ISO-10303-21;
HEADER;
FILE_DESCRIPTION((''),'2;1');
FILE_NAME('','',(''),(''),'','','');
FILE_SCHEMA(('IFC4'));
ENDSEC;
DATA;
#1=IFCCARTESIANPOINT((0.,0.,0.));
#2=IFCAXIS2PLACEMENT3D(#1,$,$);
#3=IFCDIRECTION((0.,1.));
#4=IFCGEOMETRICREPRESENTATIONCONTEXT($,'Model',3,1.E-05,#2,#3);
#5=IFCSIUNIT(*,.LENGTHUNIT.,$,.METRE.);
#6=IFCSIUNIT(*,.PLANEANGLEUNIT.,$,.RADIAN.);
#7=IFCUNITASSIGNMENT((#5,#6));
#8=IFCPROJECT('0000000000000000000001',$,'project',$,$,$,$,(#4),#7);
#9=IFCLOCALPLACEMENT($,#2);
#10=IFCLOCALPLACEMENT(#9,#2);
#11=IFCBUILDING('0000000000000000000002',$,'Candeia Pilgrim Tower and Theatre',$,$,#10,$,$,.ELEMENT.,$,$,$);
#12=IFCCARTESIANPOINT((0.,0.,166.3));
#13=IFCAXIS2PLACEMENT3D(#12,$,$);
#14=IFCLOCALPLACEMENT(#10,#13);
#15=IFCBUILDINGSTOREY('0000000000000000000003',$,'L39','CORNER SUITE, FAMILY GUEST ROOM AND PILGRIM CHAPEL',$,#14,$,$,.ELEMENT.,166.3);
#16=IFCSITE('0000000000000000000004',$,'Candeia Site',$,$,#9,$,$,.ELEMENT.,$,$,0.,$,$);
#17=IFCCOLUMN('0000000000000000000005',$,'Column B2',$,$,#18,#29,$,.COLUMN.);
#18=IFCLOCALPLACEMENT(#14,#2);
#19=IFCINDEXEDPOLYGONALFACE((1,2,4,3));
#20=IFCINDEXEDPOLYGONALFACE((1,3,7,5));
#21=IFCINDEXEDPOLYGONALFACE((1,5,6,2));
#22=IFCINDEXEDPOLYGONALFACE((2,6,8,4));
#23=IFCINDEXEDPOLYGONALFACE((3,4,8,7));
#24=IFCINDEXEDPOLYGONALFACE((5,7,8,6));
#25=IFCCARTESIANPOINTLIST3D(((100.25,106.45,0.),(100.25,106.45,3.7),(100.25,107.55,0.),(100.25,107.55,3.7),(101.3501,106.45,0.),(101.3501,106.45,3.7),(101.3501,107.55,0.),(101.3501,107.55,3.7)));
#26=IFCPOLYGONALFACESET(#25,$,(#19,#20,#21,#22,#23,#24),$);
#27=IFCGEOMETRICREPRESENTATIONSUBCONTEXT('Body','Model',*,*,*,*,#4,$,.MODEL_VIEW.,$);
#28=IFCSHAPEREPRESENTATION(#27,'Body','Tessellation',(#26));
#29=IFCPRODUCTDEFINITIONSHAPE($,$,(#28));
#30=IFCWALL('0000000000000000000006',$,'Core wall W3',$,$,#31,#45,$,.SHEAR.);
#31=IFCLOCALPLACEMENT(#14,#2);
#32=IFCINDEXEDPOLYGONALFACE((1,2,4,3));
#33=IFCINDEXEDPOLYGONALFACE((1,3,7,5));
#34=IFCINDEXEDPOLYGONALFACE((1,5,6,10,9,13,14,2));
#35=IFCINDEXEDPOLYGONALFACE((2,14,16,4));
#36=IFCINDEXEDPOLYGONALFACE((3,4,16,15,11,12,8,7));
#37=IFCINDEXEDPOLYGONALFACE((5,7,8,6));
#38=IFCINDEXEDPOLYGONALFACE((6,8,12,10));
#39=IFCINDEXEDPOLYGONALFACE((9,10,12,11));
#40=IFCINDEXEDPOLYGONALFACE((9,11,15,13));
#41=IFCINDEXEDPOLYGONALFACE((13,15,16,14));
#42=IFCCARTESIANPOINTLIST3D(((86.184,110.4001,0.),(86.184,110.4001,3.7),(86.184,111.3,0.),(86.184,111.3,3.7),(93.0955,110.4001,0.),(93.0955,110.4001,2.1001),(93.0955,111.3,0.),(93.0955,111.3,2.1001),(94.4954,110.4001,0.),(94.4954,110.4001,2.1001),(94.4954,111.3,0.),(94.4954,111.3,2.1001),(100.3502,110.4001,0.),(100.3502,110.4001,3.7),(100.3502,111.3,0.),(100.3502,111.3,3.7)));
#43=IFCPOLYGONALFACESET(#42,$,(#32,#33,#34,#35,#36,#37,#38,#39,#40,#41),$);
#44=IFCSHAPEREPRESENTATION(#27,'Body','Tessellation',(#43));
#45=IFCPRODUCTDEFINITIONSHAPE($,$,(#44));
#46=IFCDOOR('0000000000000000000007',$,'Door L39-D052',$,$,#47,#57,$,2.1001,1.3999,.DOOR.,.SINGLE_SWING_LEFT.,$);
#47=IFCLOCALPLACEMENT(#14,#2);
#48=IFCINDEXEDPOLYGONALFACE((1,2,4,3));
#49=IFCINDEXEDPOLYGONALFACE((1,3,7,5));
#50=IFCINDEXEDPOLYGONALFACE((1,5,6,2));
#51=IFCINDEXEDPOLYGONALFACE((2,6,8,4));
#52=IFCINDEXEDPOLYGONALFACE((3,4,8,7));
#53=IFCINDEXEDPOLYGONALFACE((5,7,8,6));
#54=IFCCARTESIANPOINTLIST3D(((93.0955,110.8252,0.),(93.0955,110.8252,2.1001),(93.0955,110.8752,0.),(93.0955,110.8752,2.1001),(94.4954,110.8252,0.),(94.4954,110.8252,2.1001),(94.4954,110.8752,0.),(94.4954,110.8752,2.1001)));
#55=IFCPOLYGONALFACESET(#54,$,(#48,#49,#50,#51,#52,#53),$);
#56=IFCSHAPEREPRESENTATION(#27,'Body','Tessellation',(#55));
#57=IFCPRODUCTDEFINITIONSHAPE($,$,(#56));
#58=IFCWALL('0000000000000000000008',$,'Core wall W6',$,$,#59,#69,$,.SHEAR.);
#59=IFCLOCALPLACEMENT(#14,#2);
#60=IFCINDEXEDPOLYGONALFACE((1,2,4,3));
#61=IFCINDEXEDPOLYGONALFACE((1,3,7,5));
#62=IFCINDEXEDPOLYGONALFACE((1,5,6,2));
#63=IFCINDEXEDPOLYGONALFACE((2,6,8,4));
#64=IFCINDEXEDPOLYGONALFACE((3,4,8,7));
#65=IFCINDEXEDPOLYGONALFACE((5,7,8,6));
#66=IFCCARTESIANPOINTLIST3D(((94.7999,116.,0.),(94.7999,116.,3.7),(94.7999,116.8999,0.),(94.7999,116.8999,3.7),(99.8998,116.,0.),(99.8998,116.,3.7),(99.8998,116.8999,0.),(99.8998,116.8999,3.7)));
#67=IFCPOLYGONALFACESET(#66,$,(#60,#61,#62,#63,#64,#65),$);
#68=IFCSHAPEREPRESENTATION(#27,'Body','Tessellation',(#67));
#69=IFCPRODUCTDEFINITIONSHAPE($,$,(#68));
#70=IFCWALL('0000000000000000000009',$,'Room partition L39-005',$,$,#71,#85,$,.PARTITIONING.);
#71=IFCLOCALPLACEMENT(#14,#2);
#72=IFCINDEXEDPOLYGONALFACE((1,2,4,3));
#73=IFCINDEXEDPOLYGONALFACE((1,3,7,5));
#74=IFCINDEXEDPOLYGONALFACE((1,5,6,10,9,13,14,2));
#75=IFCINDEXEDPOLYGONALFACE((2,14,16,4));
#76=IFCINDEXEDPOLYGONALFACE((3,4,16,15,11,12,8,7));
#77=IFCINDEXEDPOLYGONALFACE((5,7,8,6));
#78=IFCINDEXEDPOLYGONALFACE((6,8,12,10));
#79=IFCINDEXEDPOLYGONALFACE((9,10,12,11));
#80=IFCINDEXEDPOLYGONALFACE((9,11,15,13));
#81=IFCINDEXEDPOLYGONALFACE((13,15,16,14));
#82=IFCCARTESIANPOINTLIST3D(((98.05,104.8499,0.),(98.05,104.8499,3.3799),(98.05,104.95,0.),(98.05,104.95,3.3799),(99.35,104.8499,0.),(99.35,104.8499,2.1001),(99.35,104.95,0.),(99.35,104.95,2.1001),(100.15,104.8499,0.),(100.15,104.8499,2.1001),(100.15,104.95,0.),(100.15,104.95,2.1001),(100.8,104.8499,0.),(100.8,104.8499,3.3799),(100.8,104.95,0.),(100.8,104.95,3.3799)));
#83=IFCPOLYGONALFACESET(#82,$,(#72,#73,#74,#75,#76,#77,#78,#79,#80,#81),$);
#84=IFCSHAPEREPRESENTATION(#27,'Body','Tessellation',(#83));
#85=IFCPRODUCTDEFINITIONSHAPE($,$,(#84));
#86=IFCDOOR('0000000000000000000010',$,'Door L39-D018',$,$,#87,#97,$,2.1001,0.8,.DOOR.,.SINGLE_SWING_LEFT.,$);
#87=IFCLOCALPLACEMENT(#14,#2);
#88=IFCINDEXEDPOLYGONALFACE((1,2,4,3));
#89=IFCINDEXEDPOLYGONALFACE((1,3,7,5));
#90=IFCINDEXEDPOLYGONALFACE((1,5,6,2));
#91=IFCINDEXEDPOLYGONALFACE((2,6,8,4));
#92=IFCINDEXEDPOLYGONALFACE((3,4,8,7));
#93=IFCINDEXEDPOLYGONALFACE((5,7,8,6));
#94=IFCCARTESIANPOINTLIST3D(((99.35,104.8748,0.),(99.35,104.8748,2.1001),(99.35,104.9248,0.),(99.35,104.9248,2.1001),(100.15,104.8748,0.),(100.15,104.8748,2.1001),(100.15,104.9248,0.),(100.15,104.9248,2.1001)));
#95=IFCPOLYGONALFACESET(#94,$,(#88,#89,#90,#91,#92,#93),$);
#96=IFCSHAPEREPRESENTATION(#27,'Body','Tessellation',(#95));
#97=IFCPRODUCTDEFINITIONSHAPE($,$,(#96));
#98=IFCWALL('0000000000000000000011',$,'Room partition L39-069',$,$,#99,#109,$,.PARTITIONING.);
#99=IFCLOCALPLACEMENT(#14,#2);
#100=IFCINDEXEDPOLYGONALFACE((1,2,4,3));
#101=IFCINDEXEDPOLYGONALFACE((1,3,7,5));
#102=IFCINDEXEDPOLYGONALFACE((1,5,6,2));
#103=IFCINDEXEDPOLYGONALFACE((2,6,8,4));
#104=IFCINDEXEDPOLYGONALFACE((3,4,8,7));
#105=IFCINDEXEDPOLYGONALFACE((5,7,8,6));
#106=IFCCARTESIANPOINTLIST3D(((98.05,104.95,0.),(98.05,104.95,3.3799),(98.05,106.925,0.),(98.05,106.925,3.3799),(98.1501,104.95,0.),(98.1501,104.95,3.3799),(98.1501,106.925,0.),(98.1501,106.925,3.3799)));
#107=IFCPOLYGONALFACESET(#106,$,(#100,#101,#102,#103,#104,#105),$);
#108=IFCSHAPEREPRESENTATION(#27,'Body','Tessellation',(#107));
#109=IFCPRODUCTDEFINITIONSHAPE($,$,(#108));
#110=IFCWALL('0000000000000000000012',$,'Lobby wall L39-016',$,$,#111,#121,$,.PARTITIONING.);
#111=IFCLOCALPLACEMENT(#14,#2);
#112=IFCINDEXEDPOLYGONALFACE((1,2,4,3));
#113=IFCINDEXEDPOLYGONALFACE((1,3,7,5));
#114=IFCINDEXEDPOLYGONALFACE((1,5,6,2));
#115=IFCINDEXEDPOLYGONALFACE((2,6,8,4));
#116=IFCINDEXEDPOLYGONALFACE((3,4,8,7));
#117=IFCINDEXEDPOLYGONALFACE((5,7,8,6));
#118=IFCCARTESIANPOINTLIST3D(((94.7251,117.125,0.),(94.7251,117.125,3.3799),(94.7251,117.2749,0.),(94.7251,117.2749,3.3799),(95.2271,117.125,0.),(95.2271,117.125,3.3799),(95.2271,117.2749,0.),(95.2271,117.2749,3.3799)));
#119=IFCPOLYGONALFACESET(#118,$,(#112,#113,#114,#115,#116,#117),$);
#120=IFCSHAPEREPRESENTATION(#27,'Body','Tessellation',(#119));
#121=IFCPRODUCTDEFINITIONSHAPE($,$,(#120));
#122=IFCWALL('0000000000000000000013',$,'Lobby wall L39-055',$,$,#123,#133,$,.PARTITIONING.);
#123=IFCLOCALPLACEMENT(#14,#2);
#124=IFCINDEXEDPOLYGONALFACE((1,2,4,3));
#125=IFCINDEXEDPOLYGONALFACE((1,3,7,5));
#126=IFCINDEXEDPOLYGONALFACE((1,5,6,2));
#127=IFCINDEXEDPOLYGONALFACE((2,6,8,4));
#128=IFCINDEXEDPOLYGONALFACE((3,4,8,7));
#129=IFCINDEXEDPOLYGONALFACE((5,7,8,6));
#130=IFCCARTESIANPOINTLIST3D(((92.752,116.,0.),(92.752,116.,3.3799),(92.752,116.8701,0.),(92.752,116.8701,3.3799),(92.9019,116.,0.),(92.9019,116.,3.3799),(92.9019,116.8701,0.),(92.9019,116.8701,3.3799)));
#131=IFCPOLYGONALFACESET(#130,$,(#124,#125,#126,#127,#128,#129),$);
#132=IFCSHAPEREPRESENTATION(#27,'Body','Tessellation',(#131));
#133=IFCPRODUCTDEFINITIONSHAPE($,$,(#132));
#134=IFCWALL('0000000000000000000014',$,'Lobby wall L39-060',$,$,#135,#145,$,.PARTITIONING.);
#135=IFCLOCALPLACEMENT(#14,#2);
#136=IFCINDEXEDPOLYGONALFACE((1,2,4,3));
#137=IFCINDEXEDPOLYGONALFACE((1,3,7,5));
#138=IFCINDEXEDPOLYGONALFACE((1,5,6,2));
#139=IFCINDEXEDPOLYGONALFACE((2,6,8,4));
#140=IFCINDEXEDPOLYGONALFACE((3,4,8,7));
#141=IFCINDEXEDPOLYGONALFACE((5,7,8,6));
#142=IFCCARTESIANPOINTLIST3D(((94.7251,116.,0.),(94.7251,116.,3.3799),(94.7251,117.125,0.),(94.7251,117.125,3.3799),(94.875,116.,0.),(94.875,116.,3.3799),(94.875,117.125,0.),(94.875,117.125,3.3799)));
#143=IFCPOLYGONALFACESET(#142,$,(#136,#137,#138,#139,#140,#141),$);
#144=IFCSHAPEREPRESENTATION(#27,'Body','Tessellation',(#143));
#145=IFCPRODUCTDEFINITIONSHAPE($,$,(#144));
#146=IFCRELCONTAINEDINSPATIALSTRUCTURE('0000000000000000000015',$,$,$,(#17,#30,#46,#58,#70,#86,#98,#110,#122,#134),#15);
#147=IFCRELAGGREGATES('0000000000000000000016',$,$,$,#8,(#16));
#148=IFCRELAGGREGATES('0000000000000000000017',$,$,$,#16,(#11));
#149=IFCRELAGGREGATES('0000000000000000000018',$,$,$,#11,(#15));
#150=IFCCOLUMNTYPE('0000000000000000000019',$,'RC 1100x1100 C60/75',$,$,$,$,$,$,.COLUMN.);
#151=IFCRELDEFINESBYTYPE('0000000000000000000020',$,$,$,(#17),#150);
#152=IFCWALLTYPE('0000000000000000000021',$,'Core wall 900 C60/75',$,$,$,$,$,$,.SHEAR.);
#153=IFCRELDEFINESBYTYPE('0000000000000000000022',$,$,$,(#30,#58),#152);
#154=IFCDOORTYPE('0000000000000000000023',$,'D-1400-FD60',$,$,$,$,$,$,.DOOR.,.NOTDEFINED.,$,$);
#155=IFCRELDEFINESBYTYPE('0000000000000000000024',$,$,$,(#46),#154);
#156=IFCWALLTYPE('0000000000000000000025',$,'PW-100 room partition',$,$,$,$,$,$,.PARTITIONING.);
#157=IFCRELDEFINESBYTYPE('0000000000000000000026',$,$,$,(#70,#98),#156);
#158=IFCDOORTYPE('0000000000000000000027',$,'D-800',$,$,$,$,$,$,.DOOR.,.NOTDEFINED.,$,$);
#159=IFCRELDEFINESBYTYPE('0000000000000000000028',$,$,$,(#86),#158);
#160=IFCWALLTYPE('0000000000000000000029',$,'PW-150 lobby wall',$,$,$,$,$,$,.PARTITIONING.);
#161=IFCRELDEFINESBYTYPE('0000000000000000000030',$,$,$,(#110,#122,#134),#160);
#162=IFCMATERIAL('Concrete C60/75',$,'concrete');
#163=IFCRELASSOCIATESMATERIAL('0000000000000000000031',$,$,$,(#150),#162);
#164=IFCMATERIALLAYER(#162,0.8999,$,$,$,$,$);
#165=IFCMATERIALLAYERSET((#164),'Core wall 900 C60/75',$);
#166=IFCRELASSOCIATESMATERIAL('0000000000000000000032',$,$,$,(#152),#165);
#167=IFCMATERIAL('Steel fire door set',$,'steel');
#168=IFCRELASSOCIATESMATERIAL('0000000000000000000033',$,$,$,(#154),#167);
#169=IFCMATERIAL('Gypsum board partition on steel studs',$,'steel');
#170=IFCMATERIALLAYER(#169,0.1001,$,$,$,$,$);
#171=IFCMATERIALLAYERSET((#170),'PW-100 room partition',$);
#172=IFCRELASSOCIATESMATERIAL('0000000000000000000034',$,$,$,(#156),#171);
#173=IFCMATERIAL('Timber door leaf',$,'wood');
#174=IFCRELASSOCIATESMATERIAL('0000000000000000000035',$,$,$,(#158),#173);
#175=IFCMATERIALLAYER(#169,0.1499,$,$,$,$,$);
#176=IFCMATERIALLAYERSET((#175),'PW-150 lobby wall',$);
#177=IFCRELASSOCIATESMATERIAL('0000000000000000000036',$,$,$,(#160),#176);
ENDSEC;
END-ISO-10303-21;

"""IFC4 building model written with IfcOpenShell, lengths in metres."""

from ifc_helpers import new_model, si_unit, direction, frame, frame_2d, origin, origin_2d, place, context, subcontext, project, spatial, rectangle, extrude, material, layer, layer_set, material_profile, profile_set, type_object, element, fill, save


model = new_model("IFC4")

# Units and contexts
model_context = context("Model", 3, precision=1e-05, world=origin(), true_north=direction((0.0, 1.0)))
body_context = subcontext(model_context, "Body", "Model", "MODEL_VIEW")
ifc_project = project(units=[si_unit("LENGTHUNIT", "METRE"), si_unit("PLANEANGLEUNIT", "RADIAN")], contexts=[model_context])

# Site, building, storey
site_placement = place(None, origin())
site = spatial("IfcSite", under=ifc_project, at=site_placement, Name="Candeia Site", CompositionType="ELEMENT", RefElevation=0.0)
building_placement = place(site_placement, origin())
building = spatial("IfcBuilding", under=site, at=building_placement, Name="Candeia Pilgrim Tower and Theatre", CompositionType="ELEMENT")
storey_placement = place(building_placement, frame((0.0, 0.0, 166.3)))
storey = spatial("IfcBuildingStorey", under=building, at=storey_placement, Name="L39", Description="CORNER SUITE, FAMILY GUEST ROOM AND PILGRIM CHAPEL", CompositionType="ELEMENT", Elevation=166.3)

# Column
ifc_material_1 = material(Name="Concrete C60/75", Category="concrete")
ifc_material_profile = material_profile(ifc_material_1, rectangle(XDim=1.1001, YDim=1.1001, at=origin_2d()))
ifc_profile_set = profile_set([ifc_material_profile], Name="Concrete C60/75")
column_type = type_object("IfcColumnType", Name="RC 1100x1100 C60/75", PredefinedType="COLUMN", material=ifc_profile_set)
column_placement = place(storey_placement, frame((100.8, 107.0, 0.0), z_axis=(0.0, 0.0, 1.0), x_axis=(1.0, 0.0, 0.0)))
element("IfcColumn", 1, at=column_placement, inside=storey, type_object=column_type, Name="Column B2", PredefinedType="COLUMN", context=body_context, shape_type="SweptSolid", body=[
    extrude(rectangle(XDim=1.1001, YDim=1.1001, at=origin_2d()), origin(), (0.0, 0.0, 1.0), 3.7),
])

# Wall, opening, door
ifc_layer_1 = layer(ifc_material_1, 0.8999)
ifc_layer_set_1 = layer_set([ifc_layer_1], Name="Core wall 900 C60/75")
wall_type_1 = type_object("IfcWallType", Name="Core wall 900 C60/75", PredefinedType="SHEAR", material=ifc_layer_set_1)
wall_1_placement = place(storey_placement, frame((100.3501, 110.8501, 0.0), z_axis=(0.0, 0.0, 1.0), x_axis=(-1.0, 0.0, 0.0)))
wall_1 = element("IfcWall", 2, at=wall_1_placement, inside=storey, type_object=wall_type_1, Name="Core wall W3", PredefinedType="SHEAR", context=body_context, shape_type="SweptSolid", body=[
    extrude(rectangle(XDim=14.1663, YDim=0.8999, at=frame_2d((7.083, 0.0))), origin(), (0.0, 0.0, 1.0), 3.7),
])
opening_1_placement = place(wall_1_placement, frame((5.8547, 0.0, 0.0)))
opening_1 = element("IfcOpeningElement", 3, at=opening_1_placement, cuts=wall_1, PredefinedType="OPENING", context=body_context, shape_type="SweptSolid", body=[
    extrude(rectangle(XDim=1.3999, YDim=2.1001, at=frame_2d((0.7, 1.05))), frame((0.0, 0.46, 0.0), z_axis=(0.0, -1.0, 0.0), x_axis=(1.0, 0.0, 0.0)), (0.0, 0.0, 1.0), 0.9199),
])
ifc_material_2 = material(Name="Steel fire door set", Category="steel")
door_type_1 = type_object("IfcDoorType", Name="D-1400-FD60", OperationType="NOTDEFINED", PredefinedType="DOOR", material=ifc_material_2)
door_1_placement = place(opening_1_placement, origin())
door_1 = element("IfcDoor", 4, at=door_1_placement, inside=storey, type_object=door_type_1, Name="Door L39-D052", OperationType="SINGLE_SWING_LEFT", OverallHeight=2.1001, OverallWidth=1.3999, PredefinedType="DOOR", context=body_context, shape_type="SweptSolid", body=[
    extrude(rectangle(XDim=1.3999, YDim=2.1001, at=frame_2d((0.7, 1.05))), frame((0.0, 0.0249, 0.0), z_axis=(0.0, -1.0, 0.0), x_axis=(1.0, 0.0, 0.0)), (0.0, 0.0, 1.0), 0.05),
])
fill(opening_1, door_1)

# Wall
wall_2_placement = place(storey_placement, frame((94.8, 116.45, 0.0), z_axis=(0.0, 0.0, 1.0), x_axis=(1.0, 0.0, 0.0)))
element("IfcWall", 5, at=wall_2_placement, inside=storey, type_object=wall_type_1, Name="Core wall W6", PredefinedType="SHEAR", context=body_context, shape_type="SweptSolid", body=[
    extrude(rectangle(XDim=5.0999, YDim=0.8999, at=frame_2d((2.5498, 0.0))), origin(), (0.0, 0.0, 1.0), 3.7),
])

# Wall, opening, door
ifc_material_3 = material(Name="Gypsum board partition on steel studs", Category="steel")
ifc_layer_2 = layer(ifc_material_3, 0.1001)
ifc_layer_set_2 = layer_set([ifc_layer_2], Name="PW-100 room partition")
wall_type_2 = type_object("IfcWallType", Name="PW-100 room partition", PredefinedType="PARTITIONING", material=ifc_layer_set_2)
wall_3_placement = place(storey_placement, frame((98.05, 104.8999, 0.0), z_axis=(0.0, 0.0, 1.0), x_axis=(1.0, 0.0, 0.0)))
wall_3 = element("IfcWall", 6, at=wall_3_placement, inside=storey, type_object=wall_type_2, Name="Room partition L39-005", PredefinedType="PARTITIONING", context=body_context, shape_type="SweptSolid", body=[
    extrude(rectangle(XDim=2.75, YDim=0.1001, at=frame_2d((1.375, 0.0))), origin(), (0.0, 0.0, 1.0), 3.3799),
])
opening_2_placement = place(wall_3_placement, frame((1.3, 0.0, 0.0)))
opening_2 = element("IfcOpeningElement", 7, at=opening_2_placement, cuts=wall_3, PredefinedType="OPENING", context=body_context, shape_type="SweptSolid", body=[
    extrude(rectangle(XDim=0.8, YDim=2.1001, at=frame_2d((0.3999, 1.05))), frame((0.0, 0.0601, 0.0), z_axis=(0.0, -1.0, 0.0), x_axis=(1.0, 0.0, 0.0)), (0.0, 0.0, 1.0), 0.1201),
])
ifc_material_4 = material(Name="Timber door leaf", Category="wood")
door_type_2 = type_object("IfcDoorType", Name="D-800", OperationType="NOTDEFINED", PredefinedType="DOOR", material=ifc_material_4)
door_2_placement = place(opening_2_placement, origin())
door_2 = element("IfcDoor", 8, at=door_2_placement, inside=storey, type_object=door_type_2, Name="Door L39-D018", OperationType="SINGLE_SWING_LEFT", OverallHeight=2.1001, OverallWidth=0.8, PredefinedType="DOOR", context=body_context, shape_type="SweptSolid", body=[
    extrude(rectangle(XDim=0.8, YDim=2.1001, at=frame_2d((0.3999, 1.05))), frame((0.0, 0.0249, 0.0), z_axis=(0.0, -1.0, 0.0), x_axis=(1.0, 0.0, 0.0)), (0.0, 0.0, 1.0), 0.05),
])
fill(opening_2, door_2)

# Walls
wall_4_placement = place(storey_placement, frame((98.1001, 104.95, 0.0), z_axis=(0.0, 0.0, 1.0), x_axis=(0.0, 1.0, 0.0)))
element("IfcWall", 9, at=wall_4_placement, inside=storey, type_object=wall_type_2, Name="Room partition L39-069", PredefinedType="PARTITIONING", context=body_context, shape_type="SweptSolid", body=[
    extrude(rectangle(XDim=1.9751, YDim=0.1001, at=frame_2d((0.9875, 0.0))), origin(), (0.0, 0.0, 1.0), 3.3799),
])
ifc_layer_3 = layer(ifc_material_3, 0.1499)
ifc_layer_set_3 = layer_set([ifc_layer_3], Name="PW-150 lobby wall")
wall_type_3 = type_object("IfcWallType", Name="PW-150 lobby wall", PredefinedType="PARTITIONING", material=ifc_layer_set_3)
wall_5_placement = place(storey_placement, frame((94.7251, 117.2, 0.0), z_axis=(0.0, 0.0, 1.0), x_axis=(1.0, 0.0, 0.0)))
element("IfcWall", 10, at=wall_5_placement, inside=storey, type_object=wall_type_3, Name="Lobby wall L39-016", PredefinedType="PARTITIONING", context=body_context, shape_type="SweptSolid", body=[
    extrude(rectangle(XDim=0.502, YDim=0.1499, at=frame_2d((0.251, 0.0))), origin(), (0.0, 0.0, 1.0), 3.3799),
])
wall_6_placement = place(storey_placement, frame((92.8269, 116.0, 0.0), z_axis=(0.0, 0.0, 1.0), x_axis=(0.0, 1.0, 0.0)))
element("IfcWall", 11, at=wall_6_placement, inside=storey, type_object=wall_type_3, Name="Lobby wall L39-055", PredefinedType="PARTITIONING", context=body_context, shape_type="SweptSolid", body=[
    extrude(rectangle(XDim=0.8701, YDim=0.1499, at=frame_2d((0.4351, 0.0))), origin(), (0.0, 0.0, 1.0), 3.3799),
])
wall_7_placement = place(storey_placement, frame((94.8, 116.0, 0.0), z_axis=(0.0, 0.0, 1.0), x_axis=(0.0, 1.0, 0.0)))
element("IfcWall", 12, at=wall_7_placement, inside=storey, type_object=wall_type_3, Name="Lobby wall L39-060", PredefinedType="PARTITIONING", context=body_context, shape_type="SweptSolid", body=[
    extrude(rectangle(XDim=1.125, YDim=0.1499, at=frame_2d((0.5625, 0.0))), origin(), (0.0, 0.0, 1.0), 3.3799),
])

save(model, "model.ifc")
